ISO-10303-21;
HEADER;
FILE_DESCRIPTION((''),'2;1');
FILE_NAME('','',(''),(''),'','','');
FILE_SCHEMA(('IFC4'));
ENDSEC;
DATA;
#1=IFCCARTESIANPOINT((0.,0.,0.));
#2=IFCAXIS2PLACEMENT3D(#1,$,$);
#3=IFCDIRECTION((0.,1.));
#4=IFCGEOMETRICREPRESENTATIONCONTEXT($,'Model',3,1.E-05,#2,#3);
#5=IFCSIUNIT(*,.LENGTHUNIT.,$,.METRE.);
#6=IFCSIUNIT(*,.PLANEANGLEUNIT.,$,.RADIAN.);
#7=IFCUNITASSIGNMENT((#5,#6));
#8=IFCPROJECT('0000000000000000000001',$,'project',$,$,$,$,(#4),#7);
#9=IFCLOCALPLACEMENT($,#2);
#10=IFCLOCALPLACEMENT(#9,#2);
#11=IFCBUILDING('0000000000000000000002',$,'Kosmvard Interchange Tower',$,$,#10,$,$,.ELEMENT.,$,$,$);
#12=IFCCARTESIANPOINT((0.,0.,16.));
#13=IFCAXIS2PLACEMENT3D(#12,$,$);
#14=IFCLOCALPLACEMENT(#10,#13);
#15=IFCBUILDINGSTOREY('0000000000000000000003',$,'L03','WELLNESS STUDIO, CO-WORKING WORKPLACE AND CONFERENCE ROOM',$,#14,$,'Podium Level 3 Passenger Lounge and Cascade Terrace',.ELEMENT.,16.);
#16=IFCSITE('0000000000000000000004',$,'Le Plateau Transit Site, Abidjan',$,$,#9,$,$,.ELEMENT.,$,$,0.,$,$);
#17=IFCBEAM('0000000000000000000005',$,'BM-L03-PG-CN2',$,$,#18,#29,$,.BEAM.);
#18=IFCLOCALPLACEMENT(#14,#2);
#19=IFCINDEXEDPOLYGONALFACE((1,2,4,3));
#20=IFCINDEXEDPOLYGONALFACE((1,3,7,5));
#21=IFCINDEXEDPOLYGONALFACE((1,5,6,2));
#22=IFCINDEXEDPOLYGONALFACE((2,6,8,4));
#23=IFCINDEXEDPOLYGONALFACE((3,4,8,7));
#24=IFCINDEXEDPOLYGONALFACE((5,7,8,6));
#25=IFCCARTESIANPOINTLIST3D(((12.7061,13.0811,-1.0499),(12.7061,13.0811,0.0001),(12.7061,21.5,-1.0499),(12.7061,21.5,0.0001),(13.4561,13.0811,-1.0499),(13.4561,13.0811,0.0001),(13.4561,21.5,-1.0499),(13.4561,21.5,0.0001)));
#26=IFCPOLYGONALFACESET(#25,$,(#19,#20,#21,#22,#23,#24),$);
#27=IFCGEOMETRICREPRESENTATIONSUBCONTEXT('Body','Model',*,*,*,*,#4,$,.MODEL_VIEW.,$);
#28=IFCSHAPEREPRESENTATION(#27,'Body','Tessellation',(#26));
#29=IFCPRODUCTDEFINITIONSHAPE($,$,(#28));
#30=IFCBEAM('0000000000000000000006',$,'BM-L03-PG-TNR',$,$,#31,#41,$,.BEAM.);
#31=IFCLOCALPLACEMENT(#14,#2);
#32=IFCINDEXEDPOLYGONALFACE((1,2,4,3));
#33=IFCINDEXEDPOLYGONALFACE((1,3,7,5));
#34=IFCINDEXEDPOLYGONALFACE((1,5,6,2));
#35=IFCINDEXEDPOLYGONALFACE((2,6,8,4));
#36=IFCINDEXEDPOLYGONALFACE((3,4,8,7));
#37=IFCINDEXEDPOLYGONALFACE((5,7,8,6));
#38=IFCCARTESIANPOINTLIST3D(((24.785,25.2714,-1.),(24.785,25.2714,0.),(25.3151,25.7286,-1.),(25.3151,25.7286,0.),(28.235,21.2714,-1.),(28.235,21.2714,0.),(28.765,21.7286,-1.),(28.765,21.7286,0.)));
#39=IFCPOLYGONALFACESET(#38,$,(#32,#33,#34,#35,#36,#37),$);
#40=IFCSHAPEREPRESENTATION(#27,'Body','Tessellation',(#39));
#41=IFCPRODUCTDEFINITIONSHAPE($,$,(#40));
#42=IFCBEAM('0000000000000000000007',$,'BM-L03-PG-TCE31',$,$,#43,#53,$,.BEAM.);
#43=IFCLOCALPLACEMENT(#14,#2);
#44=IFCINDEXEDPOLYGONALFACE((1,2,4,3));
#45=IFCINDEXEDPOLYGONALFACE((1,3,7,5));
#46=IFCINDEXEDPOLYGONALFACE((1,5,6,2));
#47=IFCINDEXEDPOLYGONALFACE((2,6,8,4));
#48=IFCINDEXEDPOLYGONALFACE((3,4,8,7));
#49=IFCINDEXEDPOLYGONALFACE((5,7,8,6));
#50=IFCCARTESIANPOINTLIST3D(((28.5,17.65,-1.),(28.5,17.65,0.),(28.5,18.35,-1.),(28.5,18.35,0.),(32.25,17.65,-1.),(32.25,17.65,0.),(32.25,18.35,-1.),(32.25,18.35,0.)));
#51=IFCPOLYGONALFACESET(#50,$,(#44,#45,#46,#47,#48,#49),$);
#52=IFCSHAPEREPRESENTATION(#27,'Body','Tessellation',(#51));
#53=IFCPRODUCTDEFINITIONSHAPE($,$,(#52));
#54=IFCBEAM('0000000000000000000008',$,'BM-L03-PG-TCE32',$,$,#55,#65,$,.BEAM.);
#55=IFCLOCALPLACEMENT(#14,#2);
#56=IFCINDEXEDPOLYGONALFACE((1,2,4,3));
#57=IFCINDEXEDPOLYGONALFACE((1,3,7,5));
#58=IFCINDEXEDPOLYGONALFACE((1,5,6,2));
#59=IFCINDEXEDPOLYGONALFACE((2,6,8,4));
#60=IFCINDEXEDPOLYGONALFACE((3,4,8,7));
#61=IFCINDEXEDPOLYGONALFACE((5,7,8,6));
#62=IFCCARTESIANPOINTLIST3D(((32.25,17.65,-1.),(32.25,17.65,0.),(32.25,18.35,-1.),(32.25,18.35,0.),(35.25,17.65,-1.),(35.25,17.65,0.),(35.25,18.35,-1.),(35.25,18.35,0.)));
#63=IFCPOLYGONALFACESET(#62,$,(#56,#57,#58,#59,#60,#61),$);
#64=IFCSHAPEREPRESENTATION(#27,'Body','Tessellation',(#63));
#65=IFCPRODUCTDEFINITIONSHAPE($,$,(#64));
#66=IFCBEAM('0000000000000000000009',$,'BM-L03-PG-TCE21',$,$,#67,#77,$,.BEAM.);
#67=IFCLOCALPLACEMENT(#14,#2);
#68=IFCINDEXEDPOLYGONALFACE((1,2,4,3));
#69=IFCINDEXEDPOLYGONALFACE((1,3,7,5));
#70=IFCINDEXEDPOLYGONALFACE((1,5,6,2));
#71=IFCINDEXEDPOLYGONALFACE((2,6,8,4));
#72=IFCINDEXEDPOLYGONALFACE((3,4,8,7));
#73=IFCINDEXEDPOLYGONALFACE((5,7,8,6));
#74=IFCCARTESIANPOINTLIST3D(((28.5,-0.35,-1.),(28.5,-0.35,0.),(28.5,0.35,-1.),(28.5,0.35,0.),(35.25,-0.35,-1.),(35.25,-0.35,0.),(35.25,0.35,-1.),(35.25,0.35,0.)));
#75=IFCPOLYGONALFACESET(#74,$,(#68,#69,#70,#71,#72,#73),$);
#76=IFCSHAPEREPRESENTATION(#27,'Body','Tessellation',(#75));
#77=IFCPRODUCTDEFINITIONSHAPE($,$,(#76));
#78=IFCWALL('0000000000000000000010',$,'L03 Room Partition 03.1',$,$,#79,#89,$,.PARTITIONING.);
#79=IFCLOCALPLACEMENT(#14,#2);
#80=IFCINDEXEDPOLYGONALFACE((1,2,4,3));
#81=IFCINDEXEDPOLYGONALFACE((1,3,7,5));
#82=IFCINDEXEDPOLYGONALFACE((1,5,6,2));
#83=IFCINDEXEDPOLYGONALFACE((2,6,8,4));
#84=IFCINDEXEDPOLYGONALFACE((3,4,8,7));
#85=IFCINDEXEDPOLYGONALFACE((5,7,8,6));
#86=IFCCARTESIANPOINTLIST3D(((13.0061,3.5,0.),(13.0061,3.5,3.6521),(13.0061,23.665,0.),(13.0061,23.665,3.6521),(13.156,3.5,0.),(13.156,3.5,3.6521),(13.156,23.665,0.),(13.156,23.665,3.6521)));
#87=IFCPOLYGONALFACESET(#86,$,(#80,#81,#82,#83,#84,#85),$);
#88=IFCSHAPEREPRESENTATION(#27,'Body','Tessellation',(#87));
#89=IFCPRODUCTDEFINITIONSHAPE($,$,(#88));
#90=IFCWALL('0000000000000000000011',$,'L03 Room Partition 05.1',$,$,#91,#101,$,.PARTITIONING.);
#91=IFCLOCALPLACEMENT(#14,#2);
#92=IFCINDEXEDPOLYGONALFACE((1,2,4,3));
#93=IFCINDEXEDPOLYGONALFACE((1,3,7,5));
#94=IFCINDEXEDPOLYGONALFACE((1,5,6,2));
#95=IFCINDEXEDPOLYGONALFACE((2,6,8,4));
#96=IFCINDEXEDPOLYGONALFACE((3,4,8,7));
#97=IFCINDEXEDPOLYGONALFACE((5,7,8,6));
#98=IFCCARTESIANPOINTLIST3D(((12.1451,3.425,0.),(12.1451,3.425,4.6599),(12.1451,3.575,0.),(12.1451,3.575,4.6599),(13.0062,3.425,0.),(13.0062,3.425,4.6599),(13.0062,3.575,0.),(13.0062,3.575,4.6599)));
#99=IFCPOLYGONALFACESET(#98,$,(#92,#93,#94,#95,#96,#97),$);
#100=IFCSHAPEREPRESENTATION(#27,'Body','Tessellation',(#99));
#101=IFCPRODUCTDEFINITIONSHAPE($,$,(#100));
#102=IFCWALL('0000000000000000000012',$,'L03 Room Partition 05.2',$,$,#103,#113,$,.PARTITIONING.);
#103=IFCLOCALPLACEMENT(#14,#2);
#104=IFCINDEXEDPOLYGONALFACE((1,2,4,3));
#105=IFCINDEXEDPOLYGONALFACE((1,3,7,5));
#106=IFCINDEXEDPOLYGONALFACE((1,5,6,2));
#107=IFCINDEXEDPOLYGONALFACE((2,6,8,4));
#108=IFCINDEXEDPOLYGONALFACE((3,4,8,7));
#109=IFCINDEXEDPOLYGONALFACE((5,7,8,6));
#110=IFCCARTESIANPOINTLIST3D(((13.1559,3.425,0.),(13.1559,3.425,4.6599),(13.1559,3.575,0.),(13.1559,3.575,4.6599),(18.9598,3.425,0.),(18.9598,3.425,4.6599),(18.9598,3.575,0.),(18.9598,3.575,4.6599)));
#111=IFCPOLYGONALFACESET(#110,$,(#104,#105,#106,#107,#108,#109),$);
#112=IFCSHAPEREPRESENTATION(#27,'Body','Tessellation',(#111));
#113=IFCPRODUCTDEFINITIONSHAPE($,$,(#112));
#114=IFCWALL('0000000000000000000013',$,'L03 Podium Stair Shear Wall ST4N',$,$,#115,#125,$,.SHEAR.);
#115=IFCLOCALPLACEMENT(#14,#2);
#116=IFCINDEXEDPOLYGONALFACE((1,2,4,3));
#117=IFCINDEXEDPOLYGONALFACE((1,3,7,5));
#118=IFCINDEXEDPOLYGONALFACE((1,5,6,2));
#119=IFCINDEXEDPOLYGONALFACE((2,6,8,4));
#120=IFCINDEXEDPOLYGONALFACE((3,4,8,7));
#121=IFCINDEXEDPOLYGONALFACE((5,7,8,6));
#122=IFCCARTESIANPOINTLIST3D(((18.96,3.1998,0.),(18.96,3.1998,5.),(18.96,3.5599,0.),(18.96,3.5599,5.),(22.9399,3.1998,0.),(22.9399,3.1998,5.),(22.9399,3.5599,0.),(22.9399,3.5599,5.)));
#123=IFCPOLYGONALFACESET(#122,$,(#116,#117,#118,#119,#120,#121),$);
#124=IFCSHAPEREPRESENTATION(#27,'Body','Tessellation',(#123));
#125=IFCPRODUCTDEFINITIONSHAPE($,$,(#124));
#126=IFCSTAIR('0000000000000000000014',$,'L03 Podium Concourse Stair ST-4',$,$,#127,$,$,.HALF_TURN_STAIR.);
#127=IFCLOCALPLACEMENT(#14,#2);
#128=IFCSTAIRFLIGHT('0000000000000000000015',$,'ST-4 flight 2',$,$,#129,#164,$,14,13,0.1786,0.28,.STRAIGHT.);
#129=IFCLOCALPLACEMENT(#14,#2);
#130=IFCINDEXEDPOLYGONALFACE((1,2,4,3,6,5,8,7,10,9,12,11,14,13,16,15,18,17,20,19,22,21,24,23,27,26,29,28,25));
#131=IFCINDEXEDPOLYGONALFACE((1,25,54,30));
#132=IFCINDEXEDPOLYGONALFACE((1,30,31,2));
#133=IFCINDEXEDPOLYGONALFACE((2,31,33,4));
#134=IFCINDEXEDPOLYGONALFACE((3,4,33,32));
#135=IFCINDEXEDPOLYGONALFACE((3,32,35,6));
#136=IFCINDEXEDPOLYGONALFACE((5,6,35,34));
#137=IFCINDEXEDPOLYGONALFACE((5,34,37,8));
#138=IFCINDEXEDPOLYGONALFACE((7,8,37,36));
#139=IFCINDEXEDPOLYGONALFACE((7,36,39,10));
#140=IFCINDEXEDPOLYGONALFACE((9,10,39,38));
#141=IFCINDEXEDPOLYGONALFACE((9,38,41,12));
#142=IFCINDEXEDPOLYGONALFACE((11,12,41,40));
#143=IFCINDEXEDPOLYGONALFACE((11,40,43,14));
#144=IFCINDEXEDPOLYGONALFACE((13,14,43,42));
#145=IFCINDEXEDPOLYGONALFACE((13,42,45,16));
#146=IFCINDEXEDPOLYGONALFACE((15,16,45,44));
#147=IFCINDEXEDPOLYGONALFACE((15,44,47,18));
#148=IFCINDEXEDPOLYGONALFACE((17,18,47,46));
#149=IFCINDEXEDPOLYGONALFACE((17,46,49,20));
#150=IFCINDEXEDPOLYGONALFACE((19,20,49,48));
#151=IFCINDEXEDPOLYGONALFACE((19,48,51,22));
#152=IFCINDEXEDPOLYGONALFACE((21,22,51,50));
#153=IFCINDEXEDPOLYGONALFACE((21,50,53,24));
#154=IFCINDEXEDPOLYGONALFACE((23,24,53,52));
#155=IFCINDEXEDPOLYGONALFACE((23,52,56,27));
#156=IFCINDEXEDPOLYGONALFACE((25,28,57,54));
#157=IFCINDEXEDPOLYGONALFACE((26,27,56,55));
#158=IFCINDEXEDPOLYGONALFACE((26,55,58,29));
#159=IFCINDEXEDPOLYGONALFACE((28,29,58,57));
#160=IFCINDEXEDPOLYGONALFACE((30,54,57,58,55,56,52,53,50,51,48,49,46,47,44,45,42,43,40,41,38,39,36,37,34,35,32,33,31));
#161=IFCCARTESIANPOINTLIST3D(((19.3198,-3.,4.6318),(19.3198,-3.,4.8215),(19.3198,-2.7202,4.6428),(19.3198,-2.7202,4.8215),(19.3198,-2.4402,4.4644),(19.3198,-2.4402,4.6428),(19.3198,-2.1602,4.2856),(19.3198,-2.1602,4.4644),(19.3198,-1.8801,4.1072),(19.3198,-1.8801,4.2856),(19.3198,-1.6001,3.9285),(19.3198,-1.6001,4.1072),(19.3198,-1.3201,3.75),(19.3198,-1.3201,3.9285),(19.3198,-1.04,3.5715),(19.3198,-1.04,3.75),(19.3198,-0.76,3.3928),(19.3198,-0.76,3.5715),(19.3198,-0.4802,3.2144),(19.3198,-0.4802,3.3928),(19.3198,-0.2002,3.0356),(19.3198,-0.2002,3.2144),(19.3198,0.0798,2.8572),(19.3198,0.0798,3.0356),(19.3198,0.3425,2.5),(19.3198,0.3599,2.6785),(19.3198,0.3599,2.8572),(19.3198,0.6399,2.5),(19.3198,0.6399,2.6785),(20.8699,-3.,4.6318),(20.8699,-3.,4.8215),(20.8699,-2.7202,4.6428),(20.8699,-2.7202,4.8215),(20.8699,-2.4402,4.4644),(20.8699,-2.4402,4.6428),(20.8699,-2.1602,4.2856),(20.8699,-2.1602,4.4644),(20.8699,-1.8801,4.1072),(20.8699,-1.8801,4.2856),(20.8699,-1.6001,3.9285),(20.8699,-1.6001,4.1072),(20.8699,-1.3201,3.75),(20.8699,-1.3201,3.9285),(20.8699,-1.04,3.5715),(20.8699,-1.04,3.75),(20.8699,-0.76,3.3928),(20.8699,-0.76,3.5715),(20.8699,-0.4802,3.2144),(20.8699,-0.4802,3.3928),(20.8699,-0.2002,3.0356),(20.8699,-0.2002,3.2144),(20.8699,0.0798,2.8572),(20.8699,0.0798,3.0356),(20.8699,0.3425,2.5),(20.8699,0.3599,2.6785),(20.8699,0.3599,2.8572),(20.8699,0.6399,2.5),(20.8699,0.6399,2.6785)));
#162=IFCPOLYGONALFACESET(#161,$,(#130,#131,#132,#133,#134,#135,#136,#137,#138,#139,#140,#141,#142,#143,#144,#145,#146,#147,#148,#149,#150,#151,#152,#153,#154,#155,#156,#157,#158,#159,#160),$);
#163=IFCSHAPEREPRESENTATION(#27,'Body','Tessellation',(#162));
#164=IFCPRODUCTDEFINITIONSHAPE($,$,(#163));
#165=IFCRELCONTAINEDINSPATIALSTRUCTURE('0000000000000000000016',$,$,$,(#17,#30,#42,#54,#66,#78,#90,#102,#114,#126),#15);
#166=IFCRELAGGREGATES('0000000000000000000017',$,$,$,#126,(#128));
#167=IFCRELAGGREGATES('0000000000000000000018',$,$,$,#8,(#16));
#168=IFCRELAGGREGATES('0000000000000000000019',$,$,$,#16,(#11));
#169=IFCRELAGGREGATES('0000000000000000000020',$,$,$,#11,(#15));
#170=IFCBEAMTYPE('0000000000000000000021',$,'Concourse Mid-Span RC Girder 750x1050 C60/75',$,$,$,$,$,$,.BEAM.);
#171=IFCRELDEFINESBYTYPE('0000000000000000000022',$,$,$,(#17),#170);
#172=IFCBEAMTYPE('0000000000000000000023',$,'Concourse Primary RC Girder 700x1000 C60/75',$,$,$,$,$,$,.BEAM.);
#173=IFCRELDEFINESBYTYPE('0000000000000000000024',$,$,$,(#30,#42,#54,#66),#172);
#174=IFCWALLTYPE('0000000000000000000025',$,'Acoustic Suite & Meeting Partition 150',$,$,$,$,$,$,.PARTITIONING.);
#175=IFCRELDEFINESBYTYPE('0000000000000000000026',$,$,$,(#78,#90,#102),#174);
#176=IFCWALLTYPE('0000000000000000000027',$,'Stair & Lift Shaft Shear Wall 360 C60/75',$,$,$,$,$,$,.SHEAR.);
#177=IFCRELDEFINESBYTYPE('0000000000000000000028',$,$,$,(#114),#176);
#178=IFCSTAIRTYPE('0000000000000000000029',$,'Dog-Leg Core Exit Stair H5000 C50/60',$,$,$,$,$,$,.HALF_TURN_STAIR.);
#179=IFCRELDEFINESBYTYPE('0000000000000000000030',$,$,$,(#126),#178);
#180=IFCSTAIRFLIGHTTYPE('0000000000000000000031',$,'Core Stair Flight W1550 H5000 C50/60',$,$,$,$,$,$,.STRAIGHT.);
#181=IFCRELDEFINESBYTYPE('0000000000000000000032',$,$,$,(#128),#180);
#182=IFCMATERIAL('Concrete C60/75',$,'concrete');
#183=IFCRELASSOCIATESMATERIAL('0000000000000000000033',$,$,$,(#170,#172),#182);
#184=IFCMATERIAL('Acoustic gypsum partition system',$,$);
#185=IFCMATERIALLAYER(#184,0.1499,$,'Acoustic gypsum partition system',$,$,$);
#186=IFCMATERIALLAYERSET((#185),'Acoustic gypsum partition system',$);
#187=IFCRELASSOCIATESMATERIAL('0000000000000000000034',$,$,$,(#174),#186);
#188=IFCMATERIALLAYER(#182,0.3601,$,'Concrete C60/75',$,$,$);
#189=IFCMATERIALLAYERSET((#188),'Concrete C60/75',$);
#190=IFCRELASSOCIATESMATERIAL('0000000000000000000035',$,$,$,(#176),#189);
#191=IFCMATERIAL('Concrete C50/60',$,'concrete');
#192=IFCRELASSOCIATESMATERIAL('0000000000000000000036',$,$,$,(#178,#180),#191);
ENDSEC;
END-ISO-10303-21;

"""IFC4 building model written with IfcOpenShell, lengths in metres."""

from ifc_helpers import new_model, si_unit, direction, frame, frame_2d, origin, origin_2d, place, context, subcontext, project, spatial, polyline, rectangle, outline, extrude, source, transform, mapped, material, layer, layer_set, material_profile, profile_set, type_object, element, aggregate, save


model = new_model("IFC4")

# Units and contexts
model_context = context("Model", 3, precision=1e-05, world=origin(), true_north=direction((0.0, 1.0)))
body_context = subcontext(model_context, "Body", "Model", "MODEL_VIEW")
ifc_project = project(units=[si_unit("LENGTHUNIT", "METRE"), si_unit("PLANEANGLEUNIT", "RADIAN")], contexts=[model_context])

# Site, building, storey
site_placement = place(None, origin())
site = spatial("IfcSite", under=ifc_project, at=site_placement, Name="Le Plateau Transit Site, Abidjan", CompositionType="ELEMENT", RefElevation=0.0)
building_placement = place(site_placement, origin())
building = spatial("IfcBuilding", under=site, at=building_placement, Name="Kosmvard Interchange Tower", CompositionType="ELEMENT")
storey_placement = place(building_placement, frame((0.0, 0.0, 16.0)))
storey = spatial("IfcBuildingStorey", under=building, at=storey_placement, Name="L03", Description="WELLNESS STUDIO, CO-WORKING WORKPLACE AND CONFERENCE ROOM", LongName="Podium Level 3 Passenger Lounge and Cascade Terrace", CompositionType="ELEMENT", Elevation=16.0)

# Shared definitions
ifc_material_1 = material(Name="Concrete C60/75", Category="concrete")

# Beams
ifc_material_profile_1 = material_profile(ifc_material_1, rectangle(XDim=0.75, YDim=1.05, at=origin_2d()), Name="RCG 750x1050")
ifc_profile_set_1 = profile_set([ifc_material_profile_1], Name="Concrete C60/75")
beam_type_1 = type_object("IfcBeamType", Name="Concourse Mid-Span RC Girder 750x1050 C60/75", PredefinedType="BEAM", material=ifc_profile_set_1)
shared_shape_1 = source(origin(), body_context, "Body", "SweptSolid", [
    extrude(rectangle(XDim=0.75, YDim=1.05, at=origin_2d()), origin(), (0.0, 0.0, 1.0), 8.4189),
])
for number, where, z_axis, x_axis, name in (
    (1, (13.0811, 21.5, -0.5249), (0.0, -1.0, 0.0), (1.0, 0.0, 0.0), "BM-L03-PG-CN2"),
):
    element("IfcBeam", number, at=place(storey_placement, frame(where, z_axis=z_axis, x_axis=x_axis)), inside=storey, type_object=beam_type_1, Name=name, PredefinedType="BEAM", context=body_context, shape_type="MappedRepresentation", body=[
        mapped(shared_shape_1, transform((0.0, 0.0, 0.0), scale=1.0)),
    ])
ifc_material_profile_2 = material_profile(ifc_material_1, rectangle(XDim=0.7, YDim=1.0, at=origin_2d()), Name="RCG 700x1000")
ifc_profile_set_2 = profile_set([ifc_material_profile_2], Name="Concrete C60/75")
beam_type_2 = type_object("IfcBeamType", Name="Concourse Primary RC Girder 700x1000 C60/75", PredefinedType="BEAM", material=ifc_profile_set_2)
shared_shape_2 = source(origin(), body_context, "Body", "SweptSolid", [
    extrude(rectangle(XDim=0.7, YDim=1.0, at=origin_2d()), origin(), (0.0, 0.0, 1.0), 5.2822),
])
beam_1_placement = place(storey_placement, frame((25.05, 25.5, -0.5), z_axis=(0.653122, -0.757253, 0.0), x_axis=(0.757253, 0.653122, 0.0)))
element("IfcBeam", 2, at=beam_1_placement, inside=storey, type_object=beam_type_2, Name="BM-L03-PG-TNR", PredefinedType="BEAM", context=body_context, shape_type="MappedRepresentation", body=[
    mapped(shared_shape_2, transform((0.0, 0.0, 0.0), scale=1.0)),
])
shared_shape_3 = source(origin(), body_context, "Body", "SweptSolid", [
    extrude(rectangle(XDim=0.7, YDim=1.0, at=origin_2d()), origin(), (0.0, 0.0, 1.0), 3.75),
])
beam_2_placement = place(storey_placement, frame((28.5, 18.0, -0.5), z_axis=(1.0, 0.0, 0.0), x_axis=(0.0, 1.0, 0.0)))
element("IfcBeam", 3, at=beam_2_placement, inside=storey, type_object=beam_type_2, Name="BM-L03-PG-TCE31", PredefinedType="BEAM", context=body_context, shape_type="MappedRepresentation", body=[
    mapped(shared_shape_3, transform((0.0, 0.0, 0.0), scale=1.0)),
])
shared_shape_4 = source(origin(), body_context, "Body", "SweptSolid", [
    extrude(rectangle(XDim=0.7, YDim=1.0, at=origin_2d()), origin(), (0.0, 0.0, 1.0), 3.0),
])
beam_3_placement = place(storey_placement, frame((32.25, 18.0, -0.5), z_axis=(1.0, 0.0, 0.0), x_axis=(0.0, 1.0, 0.0)))
element("IfcBeam", 4, at=beam_3_placement, inside=storey, type_object=beam_type_2, Name="BM-L03-PG-TCE32", PredefinedType="BEAM", context=body_context, shape_type="MappedRepresentation", body=[
    mapped(shared_shape_4, transform((0.0, 0.0, 0.0), scale=1.0)),
])
shared_shape_5 = source(origin(), body_context, "Body", "SweptSolid", [
    extrude(rectangle(XDim=0.7, YDim=1.0, at=origin_2d()), origin(), (0.0, 0.0, 1.0), 6.75),
])
beam_4_placement = place(storey_placement, frame((28.5, 0.0, -0.5), z_axis=(1.0, 0.0, 0.0), x_axis=(0.0, 1.0, 0.0)))
element("IfcBeam", 5, at=beam_4_placement, inside=storey, type_object=beam_type_2, Name="BM-L03-PG-TCE21", PredefinedType="BEAM", context=body_context, shape_type="MappedRepresentation", body=[
    mapped(shared_shape_5, transform((0.0, 0.0, 0.0), scale=1.0)),
])

# Walls
ifc_material_2 = material(Name="Acoustic gypsum partition system")
ifc_layer_1 = layer(ifc_material_2, 0.1499, Name="Acoustic gypsum partition system")
ifc_layer_set_1 = layer_set([ifc_layer_1], Name="Acoustic gypsum partition system")
wall_type_1 = type_object("IfcWallType", Name="Acoustic Suite & Meeting Partition 150", PredefinedType="PARTITIONING", material=ifc_layer_set_1)
wall_1_placement = place(storey_placement, frame((13.0811, 3.5, 0.0), z_axis=(0.0, 0.0, 1.0), x_axis=(0.0, 1.0, 0.0)))
element("IfcWall", 6, at=wall_1_placement, inside=storey, type_object=wall_type_1, Name="L03 Room Partition 03.1", PredefinedType="PARTITIONING", context=body_context, shape_type="SweptSolid", body=[
    extrude(rectangle(XDim=20.165, YDim=0.1499, at=frame_2d((10.0825, 0.0))), origin(), (0.0, 0.0, 1.0), 3.6521),
])
wall_2_placement = place(storey_placement, frame((12.145, 3.5, 0.0), z_axis=(0.0, 0.0, 1.0), x_axis=(1.0, 0.0, 0.0)))
element("IfcWall", 7, at=wall_2_placement, inside=storey, type_object=wall_type_1, Name="L03 Room Partition 05.1", PredefinedType="PARTITIONING", context=body_context, shape_type="SweptSolid", body=[
    extrude(rectangle(XDim=0.8611, YDim=0.1499, at=frame_2d((0.4307, 0.0))), origin(), (0.0, 0.0, 1.0), 4.6599),
])
wall_3_placement = place(storey_placement, frame((13.156, 3.5, 0.0), z_axis=(0.0, 0.0, 1.0), x_axis=(1.0, 0.0, 0.0)))
element("IfcWall", 8, at=wall_3_placement, inside=storey, type_object=wall_type_1, Name="L03 Room Partition 05.2", PredefinedType="PARTITIONING", context=body_context, shape_type="SweptSolid", body=[
    extrude(rectangle(XDim=5.804, YDim=0.1499, at=frame_2d((2.9019, 0.0))), origin(), (0.0, 0.0, 1.0), 4.6599),
])
ifc_layer_2 = layer(ifc_material_1, 0.3601, Name="Concrete C60/75")
ifc_layer_set_2 = layer_set([ifc_layer_2], Name="Concrete C60/75")
wall_type_2 = type_object("IfcWallType", Name="Stair & Lift Shaft Shear Wall 360 C60/75", PredefinedType="SHEAR", material=ifc_layer_set_2)
wall_4_placement = place(storey_placement, frame((18.96, 3.3799, 0.0), z_axis=(0.0, 0.0, 1.0), x_axis=(1.0, 0.0, 0.0)))
element("IfcWall", 9, at=wall_4_placement, inside=storey, type_object=wall_type_2, Name="L03 Podium Stair Shear Wall ST4N", PredefinedType="SHEAR", context=body_context, shape_type="SweptSolid", body=[
    extrude(rectangle(XDim=3.98, YDim=0.3601, at=frame_2d((1.99, 0.0))), origin(), (0.0, 0.0, 1.0), 5.0),
])

# Stair, stair flight
ifc_material_3 = material(Name="Concrete C50/60", Category="concrete")
stair_type = type_object("IfcStairType", Name="Dog-Leg Core Exit Stair H5000 C50/60", PredefinedType="HALF_TURN_STAIR", material=ifc_material_3)
stair_placement = place(storey_placement, origin())
stair = element("IfcStair", 10, at=stair_placement, inside=storey, type_object=stair_type, Name="L03 Podium Concourse Stair ST-4", PredefinedType="HALF_TURN_STAIR")
stair_flight_type = type_object("IfcStairFlightType", Name="Core Stair Flight W1550 H5000 C50/60", PredefinedType="STRAIGHT", material=ifc_material_3)
shared_shape_6 = source(origin(), body_context, "Body", "SweptSolid", [
    extrude(outline(polyline([(0.0, 0.0), (0.0, 0.1785), (0.28, 0.1785), (0.28, 0.3572), (0.5601, 0.3572), (0.5601, 0.5356), (0.8401, 0.5356), (0.8401, 0.7144), (1.1201, 0.7144), (1.1201, 0.8928), (1.3999, 0.8928), (1.3999, 1.0715), (1.6799, 1.0715), (1.6799, 1.25), (1.96, 1.25), (1.96, 1.4285), (2.24, 1.4285), (2.24, 1.6072), (2.52, 1.6072), (2.52, 1.7856), (2.8, 1.7856), (2.8, 1.9644), (3.0801, 1.9644), (3.0801, 2.1428), (3.3601, 2.1428), (3.3601, 2.3215), (3.6399, 2.3215), (3.6399, 2.5), (3.6399, 2.1318), (0.2974, 0.0), (0.0, 0.0)])), frame((0.0, 0.7749, 0.0), z_axis=(0.0, -1.0, 0.0), x_axis=(1.0, 0.0, 0.0)), (0.0, 0.0, 1.0), 1.55),
])
stair_flight_placement = place(storey_placement, frame((20.095, 0.6399, 2.5), z_axis=(0.0, 0.0, 1.0), x_axis=(0.0, -1.0, 0.0)))
stair_flight = element("IfcStairFlight", 11, at=stair_flight_placement, type_object=stair_flight_type, Name="ST-4 flight 2", NumberOfRisers=14, NumberOfTreads=13, PredefinedType="STRAIGHT", RiserHeight=0.1786, TreadLength=0.28, context=body_context, shape_type="MappedRepresentation", body=[
    mapped(shared_shape_6, transform((0.0, 0.0, 0.0), scale=1.0)),
])
aggregate(stair, [stair_flight])

save(model, "model.ifc")
